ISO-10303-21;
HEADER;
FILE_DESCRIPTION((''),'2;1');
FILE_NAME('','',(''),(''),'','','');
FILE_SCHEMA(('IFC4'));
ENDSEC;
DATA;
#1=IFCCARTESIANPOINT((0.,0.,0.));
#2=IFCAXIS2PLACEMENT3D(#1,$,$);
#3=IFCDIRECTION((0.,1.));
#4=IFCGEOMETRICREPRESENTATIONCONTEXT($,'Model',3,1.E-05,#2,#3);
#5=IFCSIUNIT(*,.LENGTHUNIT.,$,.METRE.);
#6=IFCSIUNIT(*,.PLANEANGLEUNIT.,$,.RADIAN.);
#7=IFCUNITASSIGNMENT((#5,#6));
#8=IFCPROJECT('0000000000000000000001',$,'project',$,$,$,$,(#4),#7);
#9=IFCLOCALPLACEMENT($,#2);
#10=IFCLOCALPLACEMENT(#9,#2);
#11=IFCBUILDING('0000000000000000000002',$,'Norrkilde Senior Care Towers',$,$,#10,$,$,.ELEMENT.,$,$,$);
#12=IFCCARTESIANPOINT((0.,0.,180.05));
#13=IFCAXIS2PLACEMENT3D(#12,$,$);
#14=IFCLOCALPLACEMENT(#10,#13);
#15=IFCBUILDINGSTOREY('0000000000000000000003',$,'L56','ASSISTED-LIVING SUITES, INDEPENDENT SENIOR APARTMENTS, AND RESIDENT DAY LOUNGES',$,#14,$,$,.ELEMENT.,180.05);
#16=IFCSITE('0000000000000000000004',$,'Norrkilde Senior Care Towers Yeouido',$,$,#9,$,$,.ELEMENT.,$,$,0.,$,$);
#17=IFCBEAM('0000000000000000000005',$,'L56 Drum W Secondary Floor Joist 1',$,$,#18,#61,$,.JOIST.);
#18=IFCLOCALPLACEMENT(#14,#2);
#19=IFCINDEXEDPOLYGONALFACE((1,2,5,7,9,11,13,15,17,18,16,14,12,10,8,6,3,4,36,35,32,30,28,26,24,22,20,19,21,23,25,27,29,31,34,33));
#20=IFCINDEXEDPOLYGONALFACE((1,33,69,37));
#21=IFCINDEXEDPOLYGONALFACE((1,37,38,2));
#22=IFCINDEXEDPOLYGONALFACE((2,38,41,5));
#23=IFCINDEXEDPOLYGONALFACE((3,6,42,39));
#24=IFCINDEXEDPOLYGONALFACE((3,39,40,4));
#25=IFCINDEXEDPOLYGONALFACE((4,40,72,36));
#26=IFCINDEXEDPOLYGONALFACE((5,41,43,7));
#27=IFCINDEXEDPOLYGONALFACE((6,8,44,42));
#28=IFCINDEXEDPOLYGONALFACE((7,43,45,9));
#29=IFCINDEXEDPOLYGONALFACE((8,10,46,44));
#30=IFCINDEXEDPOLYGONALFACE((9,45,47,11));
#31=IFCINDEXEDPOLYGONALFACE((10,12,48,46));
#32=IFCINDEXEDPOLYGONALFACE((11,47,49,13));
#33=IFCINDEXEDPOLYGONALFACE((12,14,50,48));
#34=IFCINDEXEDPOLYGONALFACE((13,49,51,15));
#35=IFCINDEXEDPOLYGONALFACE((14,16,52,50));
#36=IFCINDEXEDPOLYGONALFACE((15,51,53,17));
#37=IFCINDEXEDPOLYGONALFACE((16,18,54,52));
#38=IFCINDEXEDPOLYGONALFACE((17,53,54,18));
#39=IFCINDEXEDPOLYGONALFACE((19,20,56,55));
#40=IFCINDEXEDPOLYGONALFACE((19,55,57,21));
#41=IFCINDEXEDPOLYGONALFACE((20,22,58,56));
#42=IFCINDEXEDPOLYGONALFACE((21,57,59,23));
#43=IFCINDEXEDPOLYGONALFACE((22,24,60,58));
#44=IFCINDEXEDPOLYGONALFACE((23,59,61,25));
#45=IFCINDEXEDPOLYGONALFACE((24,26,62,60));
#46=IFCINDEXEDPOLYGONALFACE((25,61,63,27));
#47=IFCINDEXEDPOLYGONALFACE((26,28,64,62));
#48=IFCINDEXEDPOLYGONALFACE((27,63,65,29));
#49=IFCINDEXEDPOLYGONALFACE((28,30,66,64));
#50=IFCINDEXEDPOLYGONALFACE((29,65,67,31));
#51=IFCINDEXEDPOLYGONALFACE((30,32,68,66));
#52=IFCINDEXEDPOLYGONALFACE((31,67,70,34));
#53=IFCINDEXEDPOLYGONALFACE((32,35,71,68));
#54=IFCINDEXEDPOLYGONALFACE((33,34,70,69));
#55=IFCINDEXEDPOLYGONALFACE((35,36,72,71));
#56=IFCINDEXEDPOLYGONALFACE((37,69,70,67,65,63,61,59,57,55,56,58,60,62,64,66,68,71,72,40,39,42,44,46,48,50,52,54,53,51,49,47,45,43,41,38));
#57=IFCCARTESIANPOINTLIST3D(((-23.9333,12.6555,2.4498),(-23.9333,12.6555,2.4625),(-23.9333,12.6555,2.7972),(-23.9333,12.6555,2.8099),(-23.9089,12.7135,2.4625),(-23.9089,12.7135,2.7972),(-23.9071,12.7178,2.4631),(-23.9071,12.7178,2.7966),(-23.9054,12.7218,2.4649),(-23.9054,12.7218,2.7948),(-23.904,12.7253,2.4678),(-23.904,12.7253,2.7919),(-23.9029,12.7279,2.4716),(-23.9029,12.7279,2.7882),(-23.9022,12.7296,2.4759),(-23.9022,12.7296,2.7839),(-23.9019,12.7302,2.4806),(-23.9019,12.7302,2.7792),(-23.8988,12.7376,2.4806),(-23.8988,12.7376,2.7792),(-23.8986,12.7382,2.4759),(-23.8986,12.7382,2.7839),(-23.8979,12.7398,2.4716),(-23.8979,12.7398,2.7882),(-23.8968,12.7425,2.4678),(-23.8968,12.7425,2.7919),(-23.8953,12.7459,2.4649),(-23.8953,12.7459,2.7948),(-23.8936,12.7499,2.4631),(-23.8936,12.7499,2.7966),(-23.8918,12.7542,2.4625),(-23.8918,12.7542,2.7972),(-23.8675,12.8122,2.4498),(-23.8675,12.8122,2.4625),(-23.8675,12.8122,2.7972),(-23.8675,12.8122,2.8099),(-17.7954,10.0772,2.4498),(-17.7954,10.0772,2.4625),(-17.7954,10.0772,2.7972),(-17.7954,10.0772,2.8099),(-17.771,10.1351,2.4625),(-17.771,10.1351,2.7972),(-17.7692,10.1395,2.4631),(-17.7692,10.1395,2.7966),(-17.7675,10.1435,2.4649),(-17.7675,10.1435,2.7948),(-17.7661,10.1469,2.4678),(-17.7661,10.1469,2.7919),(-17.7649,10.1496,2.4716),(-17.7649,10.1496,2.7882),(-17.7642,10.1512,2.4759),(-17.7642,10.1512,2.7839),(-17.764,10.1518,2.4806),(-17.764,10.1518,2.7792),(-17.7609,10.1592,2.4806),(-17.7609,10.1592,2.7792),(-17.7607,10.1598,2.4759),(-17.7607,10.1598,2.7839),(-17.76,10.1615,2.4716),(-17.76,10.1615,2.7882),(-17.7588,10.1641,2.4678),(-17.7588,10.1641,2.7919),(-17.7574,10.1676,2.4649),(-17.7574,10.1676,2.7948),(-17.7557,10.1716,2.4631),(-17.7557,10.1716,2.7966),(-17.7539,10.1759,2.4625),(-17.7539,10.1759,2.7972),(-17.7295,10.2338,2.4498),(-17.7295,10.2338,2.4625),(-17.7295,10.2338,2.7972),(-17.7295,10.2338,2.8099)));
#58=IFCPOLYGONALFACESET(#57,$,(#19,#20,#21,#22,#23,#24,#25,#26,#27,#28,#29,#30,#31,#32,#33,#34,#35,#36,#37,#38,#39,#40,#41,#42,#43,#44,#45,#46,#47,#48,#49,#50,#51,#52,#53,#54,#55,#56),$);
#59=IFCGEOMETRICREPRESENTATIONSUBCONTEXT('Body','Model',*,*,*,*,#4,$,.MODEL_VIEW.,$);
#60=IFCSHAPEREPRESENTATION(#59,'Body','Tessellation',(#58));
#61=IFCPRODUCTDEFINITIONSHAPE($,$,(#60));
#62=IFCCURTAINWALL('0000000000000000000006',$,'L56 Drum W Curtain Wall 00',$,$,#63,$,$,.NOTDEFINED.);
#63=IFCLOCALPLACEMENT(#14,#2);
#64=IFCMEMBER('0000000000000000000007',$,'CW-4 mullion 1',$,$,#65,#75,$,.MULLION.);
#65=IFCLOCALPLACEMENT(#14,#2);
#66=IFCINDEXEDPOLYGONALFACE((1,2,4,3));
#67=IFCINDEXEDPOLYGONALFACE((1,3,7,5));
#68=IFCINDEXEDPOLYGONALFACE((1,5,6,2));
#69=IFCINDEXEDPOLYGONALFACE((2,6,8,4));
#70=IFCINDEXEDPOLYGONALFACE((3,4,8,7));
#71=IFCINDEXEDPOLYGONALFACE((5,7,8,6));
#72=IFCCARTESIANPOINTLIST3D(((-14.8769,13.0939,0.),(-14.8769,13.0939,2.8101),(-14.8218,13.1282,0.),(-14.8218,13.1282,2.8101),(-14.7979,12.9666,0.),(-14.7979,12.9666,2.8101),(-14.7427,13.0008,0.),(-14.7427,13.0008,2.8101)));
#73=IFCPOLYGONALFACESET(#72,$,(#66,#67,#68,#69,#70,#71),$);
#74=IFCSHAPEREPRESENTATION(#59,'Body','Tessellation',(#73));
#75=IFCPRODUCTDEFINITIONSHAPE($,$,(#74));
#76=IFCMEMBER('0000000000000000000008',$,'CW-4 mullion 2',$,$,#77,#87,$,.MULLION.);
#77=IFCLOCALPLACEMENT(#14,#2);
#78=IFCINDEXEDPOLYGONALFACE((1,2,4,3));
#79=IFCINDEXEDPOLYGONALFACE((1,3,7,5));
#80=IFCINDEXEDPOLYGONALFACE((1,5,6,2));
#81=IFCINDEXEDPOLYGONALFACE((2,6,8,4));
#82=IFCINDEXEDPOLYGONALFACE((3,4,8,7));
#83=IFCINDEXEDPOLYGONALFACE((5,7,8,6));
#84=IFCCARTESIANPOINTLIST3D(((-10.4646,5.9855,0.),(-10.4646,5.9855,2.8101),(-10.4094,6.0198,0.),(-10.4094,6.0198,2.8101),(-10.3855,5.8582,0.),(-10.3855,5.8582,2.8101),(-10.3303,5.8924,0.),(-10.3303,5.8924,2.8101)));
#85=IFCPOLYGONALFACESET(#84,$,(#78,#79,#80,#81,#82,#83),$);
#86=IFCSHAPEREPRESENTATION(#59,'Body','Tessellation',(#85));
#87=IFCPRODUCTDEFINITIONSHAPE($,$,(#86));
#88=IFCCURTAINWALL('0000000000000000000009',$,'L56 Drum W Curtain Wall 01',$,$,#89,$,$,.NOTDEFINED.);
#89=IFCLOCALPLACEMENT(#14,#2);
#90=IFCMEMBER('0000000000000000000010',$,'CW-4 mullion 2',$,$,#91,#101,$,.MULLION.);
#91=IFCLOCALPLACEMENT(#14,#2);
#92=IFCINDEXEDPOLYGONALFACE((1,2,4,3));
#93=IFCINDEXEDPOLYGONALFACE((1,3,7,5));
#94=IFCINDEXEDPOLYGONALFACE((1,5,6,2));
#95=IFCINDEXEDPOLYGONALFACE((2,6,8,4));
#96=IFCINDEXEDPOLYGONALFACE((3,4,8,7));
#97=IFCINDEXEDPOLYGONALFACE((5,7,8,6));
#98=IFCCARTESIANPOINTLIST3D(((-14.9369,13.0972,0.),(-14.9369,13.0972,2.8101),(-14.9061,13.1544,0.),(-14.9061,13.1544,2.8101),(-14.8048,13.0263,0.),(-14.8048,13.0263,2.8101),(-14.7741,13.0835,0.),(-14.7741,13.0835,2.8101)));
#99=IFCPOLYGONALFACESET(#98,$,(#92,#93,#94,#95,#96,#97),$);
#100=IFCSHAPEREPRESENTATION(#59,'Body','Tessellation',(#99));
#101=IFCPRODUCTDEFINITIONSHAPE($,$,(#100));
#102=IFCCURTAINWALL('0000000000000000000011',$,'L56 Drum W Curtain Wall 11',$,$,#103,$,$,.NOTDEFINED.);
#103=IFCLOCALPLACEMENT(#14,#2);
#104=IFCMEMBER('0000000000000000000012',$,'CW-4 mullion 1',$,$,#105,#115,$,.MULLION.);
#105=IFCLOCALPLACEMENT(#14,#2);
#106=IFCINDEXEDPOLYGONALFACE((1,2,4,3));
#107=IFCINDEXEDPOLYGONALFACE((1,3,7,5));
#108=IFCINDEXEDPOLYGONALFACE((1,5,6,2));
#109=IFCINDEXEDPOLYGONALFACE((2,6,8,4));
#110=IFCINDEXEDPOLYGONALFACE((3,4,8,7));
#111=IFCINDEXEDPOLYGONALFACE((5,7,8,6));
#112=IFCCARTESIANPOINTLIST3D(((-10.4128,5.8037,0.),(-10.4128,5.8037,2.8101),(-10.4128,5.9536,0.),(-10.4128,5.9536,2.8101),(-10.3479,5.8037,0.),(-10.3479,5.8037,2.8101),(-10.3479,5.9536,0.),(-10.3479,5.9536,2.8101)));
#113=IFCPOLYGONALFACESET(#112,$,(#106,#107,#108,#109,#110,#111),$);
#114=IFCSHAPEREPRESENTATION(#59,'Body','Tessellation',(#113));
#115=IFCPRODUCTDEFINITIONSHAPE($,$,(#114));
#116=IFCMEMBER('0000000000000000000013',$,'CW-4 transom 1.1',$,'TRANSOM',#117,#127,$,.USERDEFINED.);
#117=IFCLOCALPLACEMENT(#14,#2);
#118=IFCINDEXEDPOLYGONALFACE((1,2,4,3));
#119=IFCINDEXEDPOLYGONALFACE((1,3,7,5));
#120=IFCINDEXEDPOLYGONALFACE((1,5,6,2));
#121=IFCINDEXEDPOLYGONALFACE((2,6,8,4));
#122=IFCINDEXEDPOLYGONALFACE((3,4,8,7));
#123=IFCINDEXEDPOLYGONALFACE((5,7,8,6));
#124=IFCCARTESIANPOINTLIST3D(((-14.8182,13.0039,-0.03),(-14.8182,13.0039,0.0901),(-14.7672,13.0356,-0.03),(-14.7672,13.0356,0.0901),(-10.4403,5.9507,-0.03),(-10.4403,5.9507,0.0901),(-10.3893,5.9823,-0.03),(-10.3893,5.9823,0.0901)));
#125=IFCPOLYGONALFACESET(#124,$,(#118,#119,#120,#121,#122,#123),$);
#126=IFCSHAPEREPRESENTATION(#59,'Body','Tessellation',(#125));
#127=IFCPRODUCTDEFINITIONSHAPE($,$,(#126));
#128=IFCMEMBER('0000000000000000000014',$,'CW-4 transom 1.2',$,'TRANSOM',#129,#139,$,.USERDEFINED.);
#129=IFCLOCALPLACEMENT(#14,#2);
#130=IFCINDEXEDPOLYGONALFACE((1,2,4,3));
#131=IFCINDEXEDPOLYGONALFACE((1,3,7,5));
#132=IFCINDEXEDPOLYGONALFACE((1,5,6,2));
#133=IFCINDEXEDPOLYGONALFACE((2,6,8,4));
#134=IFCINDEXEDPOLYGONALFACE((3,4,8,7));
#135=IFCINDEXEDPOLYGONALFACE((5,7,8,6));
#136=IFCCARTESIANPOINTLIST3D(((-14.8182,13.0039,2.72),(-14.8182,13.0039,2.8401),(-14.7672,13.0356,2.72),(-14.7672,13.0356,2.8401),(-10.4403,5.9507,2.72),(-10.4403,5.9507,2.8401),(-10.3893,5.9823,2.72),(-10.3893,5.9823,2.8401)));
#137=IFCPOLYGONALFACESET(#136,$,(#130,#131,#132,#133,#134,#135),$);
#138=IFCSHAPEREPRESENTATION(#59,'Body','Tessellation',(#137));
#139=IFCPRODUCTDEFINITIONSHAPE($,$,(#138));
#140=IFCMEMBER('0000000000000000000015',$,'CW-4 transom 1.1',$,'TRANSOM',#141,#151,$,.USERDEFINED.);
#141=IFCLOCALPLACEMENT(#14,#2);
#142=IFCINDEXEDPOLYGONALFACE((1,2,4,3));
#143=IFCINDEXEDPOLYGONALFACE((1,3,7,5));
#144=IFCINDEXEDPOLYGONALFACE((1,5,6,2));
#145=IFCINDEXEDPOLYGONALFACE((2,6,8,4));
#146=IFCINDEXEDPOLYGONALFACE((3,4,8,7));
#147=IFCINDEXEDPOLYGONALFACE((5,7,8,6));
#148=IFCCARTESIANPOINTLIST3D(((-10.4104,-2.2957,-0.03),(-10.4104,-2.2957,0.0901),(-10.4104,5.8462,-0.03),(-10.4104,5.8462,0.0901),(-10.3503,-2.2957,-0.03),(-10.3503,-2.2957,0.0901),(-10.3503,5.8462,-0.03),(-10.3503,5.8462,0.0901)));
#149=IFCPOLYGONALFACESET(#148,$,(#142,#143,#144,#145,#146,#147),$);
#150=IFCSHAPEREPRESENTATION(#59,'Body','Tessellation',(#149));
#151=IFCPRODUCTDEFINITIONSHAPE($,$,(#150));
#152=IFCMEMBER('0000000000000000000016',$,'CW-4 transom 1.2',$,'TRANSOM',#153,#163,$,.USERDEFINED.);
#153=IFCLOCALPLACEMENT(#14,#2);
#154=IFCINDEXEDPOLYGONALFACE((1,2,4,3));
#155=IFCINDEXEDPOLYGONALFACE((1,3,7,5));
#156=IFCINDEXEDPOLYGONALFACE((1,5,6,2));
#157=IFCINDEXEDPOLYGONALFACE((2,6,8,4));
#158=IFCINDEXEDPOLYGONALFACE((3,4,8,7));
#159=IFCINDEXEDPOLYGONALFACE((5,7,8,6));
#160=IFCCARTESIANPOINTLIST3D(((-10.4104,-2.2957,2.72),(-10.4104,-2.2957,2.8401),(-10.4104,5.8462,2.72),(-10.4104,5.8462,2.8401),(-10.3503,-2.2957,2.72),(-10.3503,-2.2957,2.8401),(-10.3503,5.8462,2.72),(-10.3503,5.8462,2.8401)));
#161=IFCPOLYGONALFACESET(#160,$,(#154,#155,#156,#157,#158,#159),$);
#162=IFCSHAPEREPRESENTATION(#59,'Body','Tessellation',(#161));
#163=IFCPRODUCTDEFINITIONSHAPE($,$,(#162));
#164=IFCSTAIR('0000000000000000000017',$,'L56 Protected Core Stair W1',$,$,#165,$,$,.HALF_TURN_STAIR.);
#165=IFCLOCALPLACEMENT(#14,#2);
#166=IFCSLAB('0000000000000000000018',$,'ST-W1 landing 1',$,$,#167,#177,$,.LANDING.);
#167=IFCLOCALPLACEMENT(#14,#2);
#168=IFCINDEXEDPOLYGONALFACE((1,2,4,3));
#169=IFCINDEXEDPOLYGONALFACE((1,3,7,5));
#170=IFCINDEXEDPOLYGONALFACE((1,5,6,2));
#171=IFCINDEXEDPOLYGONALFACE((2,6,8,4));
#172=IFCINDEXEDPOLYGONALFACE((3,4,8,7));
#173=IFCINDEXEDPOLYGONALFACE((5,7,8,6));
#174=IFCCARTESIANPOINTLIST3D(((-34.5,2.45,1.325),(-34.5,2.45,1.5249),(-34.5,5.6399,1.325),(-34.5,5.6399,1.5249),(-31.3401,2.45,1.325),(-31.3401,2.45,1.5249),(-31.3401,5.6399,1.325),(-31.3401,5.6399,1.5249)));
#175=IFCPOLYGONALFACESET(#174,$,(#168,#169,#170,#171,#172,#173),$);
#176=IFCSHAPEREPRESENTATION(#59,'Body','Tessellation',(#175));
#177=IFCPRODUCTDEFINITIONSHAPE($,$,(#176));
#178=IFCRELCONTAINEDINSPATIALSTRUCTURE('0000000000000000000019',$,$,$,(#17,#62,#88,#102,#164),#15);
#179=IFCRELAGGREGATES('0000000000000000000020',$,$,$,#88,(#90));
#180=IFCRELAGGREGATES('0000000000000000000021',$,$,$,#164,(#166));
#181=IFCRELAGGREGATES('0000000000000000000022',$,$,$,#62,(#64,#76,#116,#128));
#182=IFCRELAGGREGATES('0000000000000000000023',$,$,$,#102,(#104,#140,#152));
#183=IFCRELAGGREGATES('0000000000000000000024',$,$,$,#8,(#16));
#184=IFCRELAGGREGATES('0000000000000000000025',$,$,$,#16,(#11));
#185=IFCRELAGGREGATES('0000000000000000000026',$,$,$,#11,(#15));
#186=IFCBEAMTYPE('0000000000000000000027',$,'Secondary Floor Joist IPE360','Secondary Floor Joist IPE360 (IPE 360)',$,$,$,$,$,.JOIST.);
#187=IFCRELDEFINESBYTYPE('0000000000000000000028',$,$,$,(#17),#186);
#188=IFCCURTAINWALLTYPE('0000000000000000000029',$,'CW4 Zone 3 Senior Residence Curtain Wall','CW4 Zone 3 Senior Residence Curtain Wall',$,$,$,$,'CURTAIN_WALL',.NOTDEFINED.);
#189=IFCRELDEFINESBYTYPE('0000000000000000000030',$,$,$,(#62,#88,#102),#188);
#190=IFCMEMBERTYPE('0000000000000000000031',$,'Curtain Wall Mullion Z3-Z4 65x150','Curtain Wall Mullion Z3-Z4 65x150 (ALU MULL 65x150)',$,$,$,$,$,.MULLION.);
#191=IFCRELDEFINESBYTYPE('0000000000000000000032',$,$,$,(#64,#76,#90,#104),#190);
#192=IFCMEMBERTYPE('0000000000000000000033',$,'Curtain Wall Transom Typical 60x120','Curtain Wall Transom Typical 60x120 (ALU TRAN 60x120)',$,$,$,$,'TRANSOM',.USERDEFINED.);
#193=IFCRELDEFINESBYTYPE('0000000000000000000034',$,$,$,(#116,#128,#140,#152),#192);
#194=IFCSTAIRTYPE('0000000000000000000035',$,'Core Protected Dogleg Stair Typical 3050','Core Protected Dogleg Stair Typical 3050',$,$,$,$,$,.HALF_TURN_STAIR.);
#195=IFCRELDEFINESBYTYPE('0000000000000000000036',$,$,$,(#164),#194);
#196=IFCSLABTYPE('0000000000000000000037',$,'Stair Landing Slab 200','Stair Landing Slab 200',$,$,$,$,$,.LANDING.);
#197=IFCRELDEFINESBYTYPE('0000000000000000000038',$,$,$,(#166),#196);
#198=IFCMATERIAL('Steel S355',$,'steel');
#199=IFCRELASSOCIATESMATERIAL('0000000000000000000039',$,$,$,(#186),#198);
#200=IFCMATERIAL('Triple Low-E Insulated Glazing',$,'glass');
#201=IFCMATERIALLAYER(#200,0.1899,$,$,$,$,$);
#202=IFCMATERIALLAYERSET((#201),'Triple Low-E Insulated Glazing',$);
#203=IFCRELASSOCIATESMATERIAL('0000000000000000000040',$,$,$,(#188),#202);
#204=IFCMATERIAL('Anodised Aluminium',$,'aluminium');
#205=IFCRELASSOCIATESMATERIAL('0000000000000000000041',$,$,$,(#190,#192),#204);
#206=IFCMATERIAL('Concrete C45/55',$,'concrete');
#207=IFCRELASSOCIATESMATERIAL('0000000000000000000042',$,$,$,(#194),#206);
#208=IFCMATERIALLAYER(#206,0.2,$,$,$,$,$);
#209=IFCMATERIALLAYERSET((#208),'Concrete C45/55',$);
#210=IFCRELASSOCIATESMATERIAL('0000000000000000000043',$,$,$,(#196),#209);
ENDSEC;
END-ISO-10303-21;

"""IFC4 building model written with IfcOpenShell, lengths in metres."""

from ifc_helpers import new_model, si_unit, direction, frame, origin, origin_2d, place, context, subcontext, project, spatial, polyline, rectangle, i_section, outline, extrude, source, transform, mapped, material, layer, layer_set, material_profile, profile_set, type_object, type_shapes, element, aggregate, save


model = new_model("IFC4")

# Units and contexts
model_context = context("Model", 3, precision=1e-05, world=origin(), true_north=direction((0.0, 1.0)))
body_context = subcontext(model_context, "Body", "Model", "MODEL_VIEW")
ifc_project = project(units=[si_unit("LENGTHUNIT", "METRE"), si_unit("PLANEANGLEUNIT", "RADIAN")], contexts=[model_context])

# Site, building, storey
site_placement = place(None, origin())
site = spatial("IfcSite", under=ifc_project, at=site_placement, Name="Norrkilde Senior Care Towers Yeouido", CompositionType="ELEMENT", RefElevation=0.0)
building_placement = place(site_placement, origin())
building = spatial("IfcBuilding", under=site, at=building_placement, Name="Norrkilde Senior Care Towers", CompositionType="ELEMENT")
storey_placement = place(building_placement, frame((0.0, 0.0, 180.05)))
storey = spatial("IfcBuildingStorey", under=building, at=storey_placement, Name="L56", Description="ASSISTED-LIVING SUITES, INDEPENDENT SENIOR APARTMENTS, AND RESIDENT DAY LOUNGES", CompositionType="ELEMENT", Elevation=180.05)

# Beam
ifc_material_1 = material(Name="Steel S355", Category="steel")
ifc_material_profile_1 = material_profile(ifc_material_1, i_section(OverallWidth=0.1699, OverallDepth=0.3601, WebThickness=0.0081, FlangeThickness=0.0127, FilletRadius=0.0181, at=origin_2d()), Name="IPE 360")
ifc_profile_set_1 = profile_set([ifc_material_profile_1], Name="Steel S355")
beam_type_1 = type_object("IfcBeamType", Name="Secondary Floor Joist IPE360", Description="Secondary Floor Joist IPE360 (IPE 360)", PredefinedType="JOIST", material=ifc_profile_set_1)
shared_shape_1 = source(origin(), body_context, "Body", "SweptSolid", [
    extrude(i_section(OverallWidth=0.1699, OverallDepth=0.3601, WebThickness=0.0081, FlangeThickness=0.0127, FilletRadius=0.0181, at=origin_2d()), origin(), (0.0, 0.0, 1.0), 6.6575),
])
type_shapes(beam_type_1, [shared_shape_1])
beam_1_placement = place(storey_placement, frame((-17.7625, 10.1555, 2.6299), z_axis=(-0.921959, 0.387288, 0.0), x_axis=(-0.387288, -0.921959, 0.0)))
element("IfcBeam", 1, at=beam_1_placement, inside=storey, type_object=beam_type_1, Name="L56 Drum W Secondary Floor Joist 1", PredefinedType="JOIST", context=body_context, shape_type="MappedRepresentation", body=[
    mapped(shared_shape_1, transform((0.0, 0.0, 0.0), x_axis=(1.0, 0.0, 0.0), y_axis=(0.0, 1.0, 0.0), z_axis=(0.0, 0.0, 1.0), scale=1.0)),
])

# Curtain wall, members
ifc_material_2 = material(Name="Triple Low-E Insulated Glazing", Category="glass")
ifc_layer_1 = layer(ifc_material_2, 0.1899)
ifc_layer_set_1 = layer_set([ifc_layer_1], Name="Triple Low-E Insulated Glazing")
curtain_wall_type = type_object("IfcCurtainWallType", Name="CW4 Zone 3 Senior Residence Curtain Wall", Description="CW4 Zone 3 Senior Residence Curtain Wall", ElementType="CURTAIN_WALL", PredefinedType="NOTDEFINED", material=ifc_layer_set_1)
curtain_wall_1_placement = place(storey_placement, origin())
curtain_wall_1 = element("IfcCurtainWall", 2, at=curtain_wall_1_placement, inside=storey, type_object=curtain_wall_type, Name="L56 Drum W Curtain Wall 00", PredefinedType="NOTDEFINED")
ifc_material_3 = material(Name="Anodised Aluminium", Category="aluminium")
ifc_material_profile_2 = material_profile(ifc_material_3, rectangle(XDim=0.0649, YDim=0.1499, at=origin_2d()), Name="ALU MULL 65x150")
ifc_profile_set_2 = profile_set([ifc_material_profile_2], Name="Anodised Aluminium")
member_type_1 = type_object("IfcMemberType", Name="Curtain Wall Mullion Z3-Z4 65x150", Description="Curtain Wall Mullion Z3-Z4 65x150 (ALU MULL 65x150)", PredefinedType="MULLION", material=ifc_profile_set_2)
shared_shape_2 = source(origin(), body_context, "Body", "SweptSolid", [
    extrude(rectangle(XDim=0.0649, YDim=0.1499, at=origin_2d()), origin(), (0.0, 0.0, 1.0), 2.8101),
])
type_shapes(member_type_1, [shared_shape_2])
member_1_placement = place(storey_placement, frame((-14.8098, 13.0474, 0.0), z_axis=(0.0, 0.0, 1.0), x_axis=(0.849634, 0.527373, 0.0)))
member_1 = element("IfcMember", 3, at=member_1_placement, type_object=member_type_1, Name="CW-4 mullion 1", PredefinedType="MULLION", context=body_context, shape_type="MappedRepresentation", body=[
    mapped(shared_shape_2, transform((0.0, 0.0, 0.0), x_axis=(1.0, 0.0, 0.0), y_axis=(0.0, 1.0, 0.0), z_axis=(0.0, 0.0, 1.0), scale=1.0)),
])
member_2_placement = place(storey_placement, frame((-10.3975, 5.939, 0.0), z_axis=(0.0, 0.0, 1.0), x_axis=(0.849634, 0.527373, 0.0)))
member_2 = element("IfcMember", 4, at=member_2_placement, type_object=member_type_1, Name="CW-4 mullion 2", PredefinedType="MULLION", context=body_context, shape_type="MappedRepresentation", body=[
    mapped(shared_shape_2, transform((0.0, 0.0, 0.0), x_axis=(1.0, 0.0, 0.0), y_axis=(0.0, 1.0, 0.0), z_axis=(0.0, 0.0, 1.0), scale=1.0)),
])

# Curtain walls, members
curtain_wall_2_placement = place(storey_placement, origin())
curtain_wall_2 = element("IfcCurtainWall", 5, at=curtain_wall_2_placement, inside=storey, type_object=curtain_wall_type, Name="L56 Drum W Curtain Wall 01", PredefinedType="NOTDEFINED")
member_3_placement = place(storey_placement, frame((-14.8555, 13.0903, 0.0), z_axis=(0.0, 0.0, 1.0), x_axis=(0.473117, 0.881, 0.0)))
member_3 = element("IfcMember", 6, at=member_3_placement, type_object=member_type_1, Name="CW-4 mullion 2", PredefinedType="MULLION", context=body_context, shape_type="MappedRepresentation", body=[
    mapped(shared_shape_2, transform((0.0, 0.0, 0.0), x_axis=(1.0, 0.0, 0.0), y_axis=(0.0, 1.0, 0.0), z_axis=(0.0, 0.0, 1.0), scale=1.0)),
])
aggregate(curtain_wall_2, [member_3])
curtain_wall_3_placement = place(storey_placement, origin())
curtain_wall_3 = element("IfcCurtainWall", 7, at=curtain_wall_3_placement, inside=storey, type_object=curtain_wall_type, Name="L56 Drum W Curtain Wall 11", PredefinedType="NOTDEFINED")
member_4_placement = place(storey_placement, frame((-10.3804, 5.8787, 0.0), z_axis=(0.0, 0.0, 1.0), x_axis=(1.0, 0.0, 0.0)))
member_4 = element("IfcMember", 8, at=member_4_placement, type_object=member_type_1, Name="CW-4 mullion 1", PredefinedType="MULLION", context=body_context, shape_type="MappedRepresentation", body=[
    mapped(shared_shape_2, transform((0.0, 0.0, 0.0), x_axis=(1.0, 0.0, 0.0), y_axis=(0.0, 1.0, 0.0), z_axis=(0.0, 0.0, 1.0), scale=1.0)),
])

# Members
ifc_material_profile_3 = material_profile(ifc_material_3, rectangle(XDim=0.0601, YDim=0.1201, at=origin_2d()), Name="ALU TRAN 60x120")
ifc_profile_set_3 = profile_set([ifc_material_profile_3], Name="Anodised Aluminium")
member_type_2 = type_object("IfcMemberType", Name="Curtain Wall Transom Typical 60x120", Description="Curtain Wall Transom Typical 60x120 (ALU TRAN 60x120)", ElementType="TRANSOM", PredefinedType="USERDEFINED", material=ifc_profile_set_3)
shared_shape_3 = source(origin(), body_context, "Body", "SweptSolid", [
    extrude(rectangle(XDim=0.0601, YDim=0.1201, at=origin_2d()), origin(), (0.0, 0.0, 1.0), 8.3015),
])
member_5_placement = place(storey_placement, frame((-14.7927, 13.0198, 0.03), z_axis=(0.527369, -0.849637, 0.0), x_axis=(0.849637, 0.527369, 0.0)))
member_5 = element("IfcMember", 9, at=member_5_placement, type_object=member_type_2, Name="CW-4 transom 1.1", ObjectType="TRANSOM", PredefinedType="USERDEFINED", context=body_context, shape_type="MappedRepresentation", body=[
    mapped(shared_shape_3, transform((0.0, 0.0, 0.0), x_axis=(1.0, 0.0, 0.0), y_axis=(0.0, 1.0, 0.0), z_axis=(0.0, 0.0, 1.0), scale=1.0)),
])
member_6_placement = place(storey_placement, frame((-14.7927, 13.0198, 2.78), z_axis=(0.527369, -0.849637, 0.0), x_axis=(0.849637, 0.527369, 0.0)))
member_6 = element("IfcMember", 10, at=member_6_placement, type_object=member_type_2, Name="CW-4 transom 1.2", ObjectType="TRANSOM", PredefinedType="USERDEFINED", context=body_context, shape_type="MappedRepresentation", body=[
    mapped(shared_shape_3, transform((0.0, 0.0, 0.0), x_axis=(1.0, 0.0, 0.0), y_axis=(0.0, 1.0, 0.0), z_axis=(0.0, 0.0, 1.0), scale=1.0)),
])
shared_shape_4 = source(origin(), body_context, "Body", "SweptSolid", [
    extrude(rectangle(XDim=0.0601, YDim=0.1201, at=origin_2d()), origin(), (0.0, 0.0, 1.0), 8.1418),
])
type_shapes(member_type_2, [shared_shape_3, shared_shape_4])
member_7_placement = place(storey_placement, frame((-10.3804, 5.8462, 0.03), z_axis=(0.0, -1.0, 0.0), x_axis=(1.0, 0.0, 0.0)))
member_7 = element("IfcMember", 11, at=member_7_placement, type_object=member_type_2, Name="CW-4 transom 1.1", ObjectType="TRANSOM", PredefinedType="USERDEFINED", context=body_context, shape_type="MappedRepresentation", body=[
    mapped(shared_shape_4, transform((0.0, 0.0, 0.0), x_axis=(1.0, 0.0, 0.0), y_axis=(0.0, 1.0, 0.0), z_axis=(0.0, 0.0, 1.0), scale=1.0)),
])
member_8_placement = place(storey_placement, frame((-10.3804, 5.8462, 2.78), z_axis=(0.0, -1.0, 0.0), x_axis=(1.0, 0.0, 0.0)))
member_8 = element("IfcMember", 12, at=member_8_placement, type_object=member_type_2, Name="CW-4 transom 1.2", ObjectType="TRANSOM", PredefinedType="USERDEFINED", context=body_context, shape_type="MappedRepresentation", body=[
    mapped(shared_shape_4, transform((0.0, 0.0, 0.0), x_axis=(1.0, 0.0, 0.0), y_axis=(0.0, 1.0, 0.0), z_axis=(0.0, 0.0, 1.0), scale=1.0)),
])

# Stair, slab
ifc_material_4 = material(Name="Concrete C45/55", Category="concrete")
stair_type = type_object("IfcStairType", Name="Core Protected Dogleg Stair Typical 3050", Description="Core Protected Dogleg Stair Typical 3050", PredefinedType="HALF_TURN_STAIR", material=ifc_material_4)
stair_1_placement = place(storey_placement, origin())
stair_1 = element("IfcStair", 13, at=stair_1_placement, inside=storey, type_object=stair_type, Name="L56 Protected Core Stair W1", PredefinedType="HALF_TURN_STAIR")
ifc_layer_2 = layer(ifc_material_4, 0.2)
ifc_layer_set_2 = layer_set([ifc_layer_2], Name="Concrete C45/55")
slab_type = type_object("IfcSlabType", Name="Stair Landing Slab 200", Description="Stair Landing Slab 200", PredefinedType="LANDING", material=ifc_layer_set_2)
slab_1_placement = place(storey_placement, frame((0.0, 0.0, 1.325)))
slab_1 = element("IfcSlab", 14, at=slab_1_placement, type_object=slab_type, Name="ST-W1 landing 1", PredefinedType="LANDING", context=body_context, shape_type="SweptSolid", body=[
    extrude(outline(polyline([(-31.3401, 5.6399), (-34.5, 5.6399), (-34.5, 2.45), (-31.3401, 2.45), (-31.3401, 5.6399)])), origin(), (0.0, 0.0, 1.0), 0.2),
])
aggregate(stair_1, [slab_1])

aggregate(curtain_wall_1, [member_1, member_2, member_5, member_6])
aggregate(curtain_wall_3, [member_4, member_7, member_8])

save(model, "model.ifc")
